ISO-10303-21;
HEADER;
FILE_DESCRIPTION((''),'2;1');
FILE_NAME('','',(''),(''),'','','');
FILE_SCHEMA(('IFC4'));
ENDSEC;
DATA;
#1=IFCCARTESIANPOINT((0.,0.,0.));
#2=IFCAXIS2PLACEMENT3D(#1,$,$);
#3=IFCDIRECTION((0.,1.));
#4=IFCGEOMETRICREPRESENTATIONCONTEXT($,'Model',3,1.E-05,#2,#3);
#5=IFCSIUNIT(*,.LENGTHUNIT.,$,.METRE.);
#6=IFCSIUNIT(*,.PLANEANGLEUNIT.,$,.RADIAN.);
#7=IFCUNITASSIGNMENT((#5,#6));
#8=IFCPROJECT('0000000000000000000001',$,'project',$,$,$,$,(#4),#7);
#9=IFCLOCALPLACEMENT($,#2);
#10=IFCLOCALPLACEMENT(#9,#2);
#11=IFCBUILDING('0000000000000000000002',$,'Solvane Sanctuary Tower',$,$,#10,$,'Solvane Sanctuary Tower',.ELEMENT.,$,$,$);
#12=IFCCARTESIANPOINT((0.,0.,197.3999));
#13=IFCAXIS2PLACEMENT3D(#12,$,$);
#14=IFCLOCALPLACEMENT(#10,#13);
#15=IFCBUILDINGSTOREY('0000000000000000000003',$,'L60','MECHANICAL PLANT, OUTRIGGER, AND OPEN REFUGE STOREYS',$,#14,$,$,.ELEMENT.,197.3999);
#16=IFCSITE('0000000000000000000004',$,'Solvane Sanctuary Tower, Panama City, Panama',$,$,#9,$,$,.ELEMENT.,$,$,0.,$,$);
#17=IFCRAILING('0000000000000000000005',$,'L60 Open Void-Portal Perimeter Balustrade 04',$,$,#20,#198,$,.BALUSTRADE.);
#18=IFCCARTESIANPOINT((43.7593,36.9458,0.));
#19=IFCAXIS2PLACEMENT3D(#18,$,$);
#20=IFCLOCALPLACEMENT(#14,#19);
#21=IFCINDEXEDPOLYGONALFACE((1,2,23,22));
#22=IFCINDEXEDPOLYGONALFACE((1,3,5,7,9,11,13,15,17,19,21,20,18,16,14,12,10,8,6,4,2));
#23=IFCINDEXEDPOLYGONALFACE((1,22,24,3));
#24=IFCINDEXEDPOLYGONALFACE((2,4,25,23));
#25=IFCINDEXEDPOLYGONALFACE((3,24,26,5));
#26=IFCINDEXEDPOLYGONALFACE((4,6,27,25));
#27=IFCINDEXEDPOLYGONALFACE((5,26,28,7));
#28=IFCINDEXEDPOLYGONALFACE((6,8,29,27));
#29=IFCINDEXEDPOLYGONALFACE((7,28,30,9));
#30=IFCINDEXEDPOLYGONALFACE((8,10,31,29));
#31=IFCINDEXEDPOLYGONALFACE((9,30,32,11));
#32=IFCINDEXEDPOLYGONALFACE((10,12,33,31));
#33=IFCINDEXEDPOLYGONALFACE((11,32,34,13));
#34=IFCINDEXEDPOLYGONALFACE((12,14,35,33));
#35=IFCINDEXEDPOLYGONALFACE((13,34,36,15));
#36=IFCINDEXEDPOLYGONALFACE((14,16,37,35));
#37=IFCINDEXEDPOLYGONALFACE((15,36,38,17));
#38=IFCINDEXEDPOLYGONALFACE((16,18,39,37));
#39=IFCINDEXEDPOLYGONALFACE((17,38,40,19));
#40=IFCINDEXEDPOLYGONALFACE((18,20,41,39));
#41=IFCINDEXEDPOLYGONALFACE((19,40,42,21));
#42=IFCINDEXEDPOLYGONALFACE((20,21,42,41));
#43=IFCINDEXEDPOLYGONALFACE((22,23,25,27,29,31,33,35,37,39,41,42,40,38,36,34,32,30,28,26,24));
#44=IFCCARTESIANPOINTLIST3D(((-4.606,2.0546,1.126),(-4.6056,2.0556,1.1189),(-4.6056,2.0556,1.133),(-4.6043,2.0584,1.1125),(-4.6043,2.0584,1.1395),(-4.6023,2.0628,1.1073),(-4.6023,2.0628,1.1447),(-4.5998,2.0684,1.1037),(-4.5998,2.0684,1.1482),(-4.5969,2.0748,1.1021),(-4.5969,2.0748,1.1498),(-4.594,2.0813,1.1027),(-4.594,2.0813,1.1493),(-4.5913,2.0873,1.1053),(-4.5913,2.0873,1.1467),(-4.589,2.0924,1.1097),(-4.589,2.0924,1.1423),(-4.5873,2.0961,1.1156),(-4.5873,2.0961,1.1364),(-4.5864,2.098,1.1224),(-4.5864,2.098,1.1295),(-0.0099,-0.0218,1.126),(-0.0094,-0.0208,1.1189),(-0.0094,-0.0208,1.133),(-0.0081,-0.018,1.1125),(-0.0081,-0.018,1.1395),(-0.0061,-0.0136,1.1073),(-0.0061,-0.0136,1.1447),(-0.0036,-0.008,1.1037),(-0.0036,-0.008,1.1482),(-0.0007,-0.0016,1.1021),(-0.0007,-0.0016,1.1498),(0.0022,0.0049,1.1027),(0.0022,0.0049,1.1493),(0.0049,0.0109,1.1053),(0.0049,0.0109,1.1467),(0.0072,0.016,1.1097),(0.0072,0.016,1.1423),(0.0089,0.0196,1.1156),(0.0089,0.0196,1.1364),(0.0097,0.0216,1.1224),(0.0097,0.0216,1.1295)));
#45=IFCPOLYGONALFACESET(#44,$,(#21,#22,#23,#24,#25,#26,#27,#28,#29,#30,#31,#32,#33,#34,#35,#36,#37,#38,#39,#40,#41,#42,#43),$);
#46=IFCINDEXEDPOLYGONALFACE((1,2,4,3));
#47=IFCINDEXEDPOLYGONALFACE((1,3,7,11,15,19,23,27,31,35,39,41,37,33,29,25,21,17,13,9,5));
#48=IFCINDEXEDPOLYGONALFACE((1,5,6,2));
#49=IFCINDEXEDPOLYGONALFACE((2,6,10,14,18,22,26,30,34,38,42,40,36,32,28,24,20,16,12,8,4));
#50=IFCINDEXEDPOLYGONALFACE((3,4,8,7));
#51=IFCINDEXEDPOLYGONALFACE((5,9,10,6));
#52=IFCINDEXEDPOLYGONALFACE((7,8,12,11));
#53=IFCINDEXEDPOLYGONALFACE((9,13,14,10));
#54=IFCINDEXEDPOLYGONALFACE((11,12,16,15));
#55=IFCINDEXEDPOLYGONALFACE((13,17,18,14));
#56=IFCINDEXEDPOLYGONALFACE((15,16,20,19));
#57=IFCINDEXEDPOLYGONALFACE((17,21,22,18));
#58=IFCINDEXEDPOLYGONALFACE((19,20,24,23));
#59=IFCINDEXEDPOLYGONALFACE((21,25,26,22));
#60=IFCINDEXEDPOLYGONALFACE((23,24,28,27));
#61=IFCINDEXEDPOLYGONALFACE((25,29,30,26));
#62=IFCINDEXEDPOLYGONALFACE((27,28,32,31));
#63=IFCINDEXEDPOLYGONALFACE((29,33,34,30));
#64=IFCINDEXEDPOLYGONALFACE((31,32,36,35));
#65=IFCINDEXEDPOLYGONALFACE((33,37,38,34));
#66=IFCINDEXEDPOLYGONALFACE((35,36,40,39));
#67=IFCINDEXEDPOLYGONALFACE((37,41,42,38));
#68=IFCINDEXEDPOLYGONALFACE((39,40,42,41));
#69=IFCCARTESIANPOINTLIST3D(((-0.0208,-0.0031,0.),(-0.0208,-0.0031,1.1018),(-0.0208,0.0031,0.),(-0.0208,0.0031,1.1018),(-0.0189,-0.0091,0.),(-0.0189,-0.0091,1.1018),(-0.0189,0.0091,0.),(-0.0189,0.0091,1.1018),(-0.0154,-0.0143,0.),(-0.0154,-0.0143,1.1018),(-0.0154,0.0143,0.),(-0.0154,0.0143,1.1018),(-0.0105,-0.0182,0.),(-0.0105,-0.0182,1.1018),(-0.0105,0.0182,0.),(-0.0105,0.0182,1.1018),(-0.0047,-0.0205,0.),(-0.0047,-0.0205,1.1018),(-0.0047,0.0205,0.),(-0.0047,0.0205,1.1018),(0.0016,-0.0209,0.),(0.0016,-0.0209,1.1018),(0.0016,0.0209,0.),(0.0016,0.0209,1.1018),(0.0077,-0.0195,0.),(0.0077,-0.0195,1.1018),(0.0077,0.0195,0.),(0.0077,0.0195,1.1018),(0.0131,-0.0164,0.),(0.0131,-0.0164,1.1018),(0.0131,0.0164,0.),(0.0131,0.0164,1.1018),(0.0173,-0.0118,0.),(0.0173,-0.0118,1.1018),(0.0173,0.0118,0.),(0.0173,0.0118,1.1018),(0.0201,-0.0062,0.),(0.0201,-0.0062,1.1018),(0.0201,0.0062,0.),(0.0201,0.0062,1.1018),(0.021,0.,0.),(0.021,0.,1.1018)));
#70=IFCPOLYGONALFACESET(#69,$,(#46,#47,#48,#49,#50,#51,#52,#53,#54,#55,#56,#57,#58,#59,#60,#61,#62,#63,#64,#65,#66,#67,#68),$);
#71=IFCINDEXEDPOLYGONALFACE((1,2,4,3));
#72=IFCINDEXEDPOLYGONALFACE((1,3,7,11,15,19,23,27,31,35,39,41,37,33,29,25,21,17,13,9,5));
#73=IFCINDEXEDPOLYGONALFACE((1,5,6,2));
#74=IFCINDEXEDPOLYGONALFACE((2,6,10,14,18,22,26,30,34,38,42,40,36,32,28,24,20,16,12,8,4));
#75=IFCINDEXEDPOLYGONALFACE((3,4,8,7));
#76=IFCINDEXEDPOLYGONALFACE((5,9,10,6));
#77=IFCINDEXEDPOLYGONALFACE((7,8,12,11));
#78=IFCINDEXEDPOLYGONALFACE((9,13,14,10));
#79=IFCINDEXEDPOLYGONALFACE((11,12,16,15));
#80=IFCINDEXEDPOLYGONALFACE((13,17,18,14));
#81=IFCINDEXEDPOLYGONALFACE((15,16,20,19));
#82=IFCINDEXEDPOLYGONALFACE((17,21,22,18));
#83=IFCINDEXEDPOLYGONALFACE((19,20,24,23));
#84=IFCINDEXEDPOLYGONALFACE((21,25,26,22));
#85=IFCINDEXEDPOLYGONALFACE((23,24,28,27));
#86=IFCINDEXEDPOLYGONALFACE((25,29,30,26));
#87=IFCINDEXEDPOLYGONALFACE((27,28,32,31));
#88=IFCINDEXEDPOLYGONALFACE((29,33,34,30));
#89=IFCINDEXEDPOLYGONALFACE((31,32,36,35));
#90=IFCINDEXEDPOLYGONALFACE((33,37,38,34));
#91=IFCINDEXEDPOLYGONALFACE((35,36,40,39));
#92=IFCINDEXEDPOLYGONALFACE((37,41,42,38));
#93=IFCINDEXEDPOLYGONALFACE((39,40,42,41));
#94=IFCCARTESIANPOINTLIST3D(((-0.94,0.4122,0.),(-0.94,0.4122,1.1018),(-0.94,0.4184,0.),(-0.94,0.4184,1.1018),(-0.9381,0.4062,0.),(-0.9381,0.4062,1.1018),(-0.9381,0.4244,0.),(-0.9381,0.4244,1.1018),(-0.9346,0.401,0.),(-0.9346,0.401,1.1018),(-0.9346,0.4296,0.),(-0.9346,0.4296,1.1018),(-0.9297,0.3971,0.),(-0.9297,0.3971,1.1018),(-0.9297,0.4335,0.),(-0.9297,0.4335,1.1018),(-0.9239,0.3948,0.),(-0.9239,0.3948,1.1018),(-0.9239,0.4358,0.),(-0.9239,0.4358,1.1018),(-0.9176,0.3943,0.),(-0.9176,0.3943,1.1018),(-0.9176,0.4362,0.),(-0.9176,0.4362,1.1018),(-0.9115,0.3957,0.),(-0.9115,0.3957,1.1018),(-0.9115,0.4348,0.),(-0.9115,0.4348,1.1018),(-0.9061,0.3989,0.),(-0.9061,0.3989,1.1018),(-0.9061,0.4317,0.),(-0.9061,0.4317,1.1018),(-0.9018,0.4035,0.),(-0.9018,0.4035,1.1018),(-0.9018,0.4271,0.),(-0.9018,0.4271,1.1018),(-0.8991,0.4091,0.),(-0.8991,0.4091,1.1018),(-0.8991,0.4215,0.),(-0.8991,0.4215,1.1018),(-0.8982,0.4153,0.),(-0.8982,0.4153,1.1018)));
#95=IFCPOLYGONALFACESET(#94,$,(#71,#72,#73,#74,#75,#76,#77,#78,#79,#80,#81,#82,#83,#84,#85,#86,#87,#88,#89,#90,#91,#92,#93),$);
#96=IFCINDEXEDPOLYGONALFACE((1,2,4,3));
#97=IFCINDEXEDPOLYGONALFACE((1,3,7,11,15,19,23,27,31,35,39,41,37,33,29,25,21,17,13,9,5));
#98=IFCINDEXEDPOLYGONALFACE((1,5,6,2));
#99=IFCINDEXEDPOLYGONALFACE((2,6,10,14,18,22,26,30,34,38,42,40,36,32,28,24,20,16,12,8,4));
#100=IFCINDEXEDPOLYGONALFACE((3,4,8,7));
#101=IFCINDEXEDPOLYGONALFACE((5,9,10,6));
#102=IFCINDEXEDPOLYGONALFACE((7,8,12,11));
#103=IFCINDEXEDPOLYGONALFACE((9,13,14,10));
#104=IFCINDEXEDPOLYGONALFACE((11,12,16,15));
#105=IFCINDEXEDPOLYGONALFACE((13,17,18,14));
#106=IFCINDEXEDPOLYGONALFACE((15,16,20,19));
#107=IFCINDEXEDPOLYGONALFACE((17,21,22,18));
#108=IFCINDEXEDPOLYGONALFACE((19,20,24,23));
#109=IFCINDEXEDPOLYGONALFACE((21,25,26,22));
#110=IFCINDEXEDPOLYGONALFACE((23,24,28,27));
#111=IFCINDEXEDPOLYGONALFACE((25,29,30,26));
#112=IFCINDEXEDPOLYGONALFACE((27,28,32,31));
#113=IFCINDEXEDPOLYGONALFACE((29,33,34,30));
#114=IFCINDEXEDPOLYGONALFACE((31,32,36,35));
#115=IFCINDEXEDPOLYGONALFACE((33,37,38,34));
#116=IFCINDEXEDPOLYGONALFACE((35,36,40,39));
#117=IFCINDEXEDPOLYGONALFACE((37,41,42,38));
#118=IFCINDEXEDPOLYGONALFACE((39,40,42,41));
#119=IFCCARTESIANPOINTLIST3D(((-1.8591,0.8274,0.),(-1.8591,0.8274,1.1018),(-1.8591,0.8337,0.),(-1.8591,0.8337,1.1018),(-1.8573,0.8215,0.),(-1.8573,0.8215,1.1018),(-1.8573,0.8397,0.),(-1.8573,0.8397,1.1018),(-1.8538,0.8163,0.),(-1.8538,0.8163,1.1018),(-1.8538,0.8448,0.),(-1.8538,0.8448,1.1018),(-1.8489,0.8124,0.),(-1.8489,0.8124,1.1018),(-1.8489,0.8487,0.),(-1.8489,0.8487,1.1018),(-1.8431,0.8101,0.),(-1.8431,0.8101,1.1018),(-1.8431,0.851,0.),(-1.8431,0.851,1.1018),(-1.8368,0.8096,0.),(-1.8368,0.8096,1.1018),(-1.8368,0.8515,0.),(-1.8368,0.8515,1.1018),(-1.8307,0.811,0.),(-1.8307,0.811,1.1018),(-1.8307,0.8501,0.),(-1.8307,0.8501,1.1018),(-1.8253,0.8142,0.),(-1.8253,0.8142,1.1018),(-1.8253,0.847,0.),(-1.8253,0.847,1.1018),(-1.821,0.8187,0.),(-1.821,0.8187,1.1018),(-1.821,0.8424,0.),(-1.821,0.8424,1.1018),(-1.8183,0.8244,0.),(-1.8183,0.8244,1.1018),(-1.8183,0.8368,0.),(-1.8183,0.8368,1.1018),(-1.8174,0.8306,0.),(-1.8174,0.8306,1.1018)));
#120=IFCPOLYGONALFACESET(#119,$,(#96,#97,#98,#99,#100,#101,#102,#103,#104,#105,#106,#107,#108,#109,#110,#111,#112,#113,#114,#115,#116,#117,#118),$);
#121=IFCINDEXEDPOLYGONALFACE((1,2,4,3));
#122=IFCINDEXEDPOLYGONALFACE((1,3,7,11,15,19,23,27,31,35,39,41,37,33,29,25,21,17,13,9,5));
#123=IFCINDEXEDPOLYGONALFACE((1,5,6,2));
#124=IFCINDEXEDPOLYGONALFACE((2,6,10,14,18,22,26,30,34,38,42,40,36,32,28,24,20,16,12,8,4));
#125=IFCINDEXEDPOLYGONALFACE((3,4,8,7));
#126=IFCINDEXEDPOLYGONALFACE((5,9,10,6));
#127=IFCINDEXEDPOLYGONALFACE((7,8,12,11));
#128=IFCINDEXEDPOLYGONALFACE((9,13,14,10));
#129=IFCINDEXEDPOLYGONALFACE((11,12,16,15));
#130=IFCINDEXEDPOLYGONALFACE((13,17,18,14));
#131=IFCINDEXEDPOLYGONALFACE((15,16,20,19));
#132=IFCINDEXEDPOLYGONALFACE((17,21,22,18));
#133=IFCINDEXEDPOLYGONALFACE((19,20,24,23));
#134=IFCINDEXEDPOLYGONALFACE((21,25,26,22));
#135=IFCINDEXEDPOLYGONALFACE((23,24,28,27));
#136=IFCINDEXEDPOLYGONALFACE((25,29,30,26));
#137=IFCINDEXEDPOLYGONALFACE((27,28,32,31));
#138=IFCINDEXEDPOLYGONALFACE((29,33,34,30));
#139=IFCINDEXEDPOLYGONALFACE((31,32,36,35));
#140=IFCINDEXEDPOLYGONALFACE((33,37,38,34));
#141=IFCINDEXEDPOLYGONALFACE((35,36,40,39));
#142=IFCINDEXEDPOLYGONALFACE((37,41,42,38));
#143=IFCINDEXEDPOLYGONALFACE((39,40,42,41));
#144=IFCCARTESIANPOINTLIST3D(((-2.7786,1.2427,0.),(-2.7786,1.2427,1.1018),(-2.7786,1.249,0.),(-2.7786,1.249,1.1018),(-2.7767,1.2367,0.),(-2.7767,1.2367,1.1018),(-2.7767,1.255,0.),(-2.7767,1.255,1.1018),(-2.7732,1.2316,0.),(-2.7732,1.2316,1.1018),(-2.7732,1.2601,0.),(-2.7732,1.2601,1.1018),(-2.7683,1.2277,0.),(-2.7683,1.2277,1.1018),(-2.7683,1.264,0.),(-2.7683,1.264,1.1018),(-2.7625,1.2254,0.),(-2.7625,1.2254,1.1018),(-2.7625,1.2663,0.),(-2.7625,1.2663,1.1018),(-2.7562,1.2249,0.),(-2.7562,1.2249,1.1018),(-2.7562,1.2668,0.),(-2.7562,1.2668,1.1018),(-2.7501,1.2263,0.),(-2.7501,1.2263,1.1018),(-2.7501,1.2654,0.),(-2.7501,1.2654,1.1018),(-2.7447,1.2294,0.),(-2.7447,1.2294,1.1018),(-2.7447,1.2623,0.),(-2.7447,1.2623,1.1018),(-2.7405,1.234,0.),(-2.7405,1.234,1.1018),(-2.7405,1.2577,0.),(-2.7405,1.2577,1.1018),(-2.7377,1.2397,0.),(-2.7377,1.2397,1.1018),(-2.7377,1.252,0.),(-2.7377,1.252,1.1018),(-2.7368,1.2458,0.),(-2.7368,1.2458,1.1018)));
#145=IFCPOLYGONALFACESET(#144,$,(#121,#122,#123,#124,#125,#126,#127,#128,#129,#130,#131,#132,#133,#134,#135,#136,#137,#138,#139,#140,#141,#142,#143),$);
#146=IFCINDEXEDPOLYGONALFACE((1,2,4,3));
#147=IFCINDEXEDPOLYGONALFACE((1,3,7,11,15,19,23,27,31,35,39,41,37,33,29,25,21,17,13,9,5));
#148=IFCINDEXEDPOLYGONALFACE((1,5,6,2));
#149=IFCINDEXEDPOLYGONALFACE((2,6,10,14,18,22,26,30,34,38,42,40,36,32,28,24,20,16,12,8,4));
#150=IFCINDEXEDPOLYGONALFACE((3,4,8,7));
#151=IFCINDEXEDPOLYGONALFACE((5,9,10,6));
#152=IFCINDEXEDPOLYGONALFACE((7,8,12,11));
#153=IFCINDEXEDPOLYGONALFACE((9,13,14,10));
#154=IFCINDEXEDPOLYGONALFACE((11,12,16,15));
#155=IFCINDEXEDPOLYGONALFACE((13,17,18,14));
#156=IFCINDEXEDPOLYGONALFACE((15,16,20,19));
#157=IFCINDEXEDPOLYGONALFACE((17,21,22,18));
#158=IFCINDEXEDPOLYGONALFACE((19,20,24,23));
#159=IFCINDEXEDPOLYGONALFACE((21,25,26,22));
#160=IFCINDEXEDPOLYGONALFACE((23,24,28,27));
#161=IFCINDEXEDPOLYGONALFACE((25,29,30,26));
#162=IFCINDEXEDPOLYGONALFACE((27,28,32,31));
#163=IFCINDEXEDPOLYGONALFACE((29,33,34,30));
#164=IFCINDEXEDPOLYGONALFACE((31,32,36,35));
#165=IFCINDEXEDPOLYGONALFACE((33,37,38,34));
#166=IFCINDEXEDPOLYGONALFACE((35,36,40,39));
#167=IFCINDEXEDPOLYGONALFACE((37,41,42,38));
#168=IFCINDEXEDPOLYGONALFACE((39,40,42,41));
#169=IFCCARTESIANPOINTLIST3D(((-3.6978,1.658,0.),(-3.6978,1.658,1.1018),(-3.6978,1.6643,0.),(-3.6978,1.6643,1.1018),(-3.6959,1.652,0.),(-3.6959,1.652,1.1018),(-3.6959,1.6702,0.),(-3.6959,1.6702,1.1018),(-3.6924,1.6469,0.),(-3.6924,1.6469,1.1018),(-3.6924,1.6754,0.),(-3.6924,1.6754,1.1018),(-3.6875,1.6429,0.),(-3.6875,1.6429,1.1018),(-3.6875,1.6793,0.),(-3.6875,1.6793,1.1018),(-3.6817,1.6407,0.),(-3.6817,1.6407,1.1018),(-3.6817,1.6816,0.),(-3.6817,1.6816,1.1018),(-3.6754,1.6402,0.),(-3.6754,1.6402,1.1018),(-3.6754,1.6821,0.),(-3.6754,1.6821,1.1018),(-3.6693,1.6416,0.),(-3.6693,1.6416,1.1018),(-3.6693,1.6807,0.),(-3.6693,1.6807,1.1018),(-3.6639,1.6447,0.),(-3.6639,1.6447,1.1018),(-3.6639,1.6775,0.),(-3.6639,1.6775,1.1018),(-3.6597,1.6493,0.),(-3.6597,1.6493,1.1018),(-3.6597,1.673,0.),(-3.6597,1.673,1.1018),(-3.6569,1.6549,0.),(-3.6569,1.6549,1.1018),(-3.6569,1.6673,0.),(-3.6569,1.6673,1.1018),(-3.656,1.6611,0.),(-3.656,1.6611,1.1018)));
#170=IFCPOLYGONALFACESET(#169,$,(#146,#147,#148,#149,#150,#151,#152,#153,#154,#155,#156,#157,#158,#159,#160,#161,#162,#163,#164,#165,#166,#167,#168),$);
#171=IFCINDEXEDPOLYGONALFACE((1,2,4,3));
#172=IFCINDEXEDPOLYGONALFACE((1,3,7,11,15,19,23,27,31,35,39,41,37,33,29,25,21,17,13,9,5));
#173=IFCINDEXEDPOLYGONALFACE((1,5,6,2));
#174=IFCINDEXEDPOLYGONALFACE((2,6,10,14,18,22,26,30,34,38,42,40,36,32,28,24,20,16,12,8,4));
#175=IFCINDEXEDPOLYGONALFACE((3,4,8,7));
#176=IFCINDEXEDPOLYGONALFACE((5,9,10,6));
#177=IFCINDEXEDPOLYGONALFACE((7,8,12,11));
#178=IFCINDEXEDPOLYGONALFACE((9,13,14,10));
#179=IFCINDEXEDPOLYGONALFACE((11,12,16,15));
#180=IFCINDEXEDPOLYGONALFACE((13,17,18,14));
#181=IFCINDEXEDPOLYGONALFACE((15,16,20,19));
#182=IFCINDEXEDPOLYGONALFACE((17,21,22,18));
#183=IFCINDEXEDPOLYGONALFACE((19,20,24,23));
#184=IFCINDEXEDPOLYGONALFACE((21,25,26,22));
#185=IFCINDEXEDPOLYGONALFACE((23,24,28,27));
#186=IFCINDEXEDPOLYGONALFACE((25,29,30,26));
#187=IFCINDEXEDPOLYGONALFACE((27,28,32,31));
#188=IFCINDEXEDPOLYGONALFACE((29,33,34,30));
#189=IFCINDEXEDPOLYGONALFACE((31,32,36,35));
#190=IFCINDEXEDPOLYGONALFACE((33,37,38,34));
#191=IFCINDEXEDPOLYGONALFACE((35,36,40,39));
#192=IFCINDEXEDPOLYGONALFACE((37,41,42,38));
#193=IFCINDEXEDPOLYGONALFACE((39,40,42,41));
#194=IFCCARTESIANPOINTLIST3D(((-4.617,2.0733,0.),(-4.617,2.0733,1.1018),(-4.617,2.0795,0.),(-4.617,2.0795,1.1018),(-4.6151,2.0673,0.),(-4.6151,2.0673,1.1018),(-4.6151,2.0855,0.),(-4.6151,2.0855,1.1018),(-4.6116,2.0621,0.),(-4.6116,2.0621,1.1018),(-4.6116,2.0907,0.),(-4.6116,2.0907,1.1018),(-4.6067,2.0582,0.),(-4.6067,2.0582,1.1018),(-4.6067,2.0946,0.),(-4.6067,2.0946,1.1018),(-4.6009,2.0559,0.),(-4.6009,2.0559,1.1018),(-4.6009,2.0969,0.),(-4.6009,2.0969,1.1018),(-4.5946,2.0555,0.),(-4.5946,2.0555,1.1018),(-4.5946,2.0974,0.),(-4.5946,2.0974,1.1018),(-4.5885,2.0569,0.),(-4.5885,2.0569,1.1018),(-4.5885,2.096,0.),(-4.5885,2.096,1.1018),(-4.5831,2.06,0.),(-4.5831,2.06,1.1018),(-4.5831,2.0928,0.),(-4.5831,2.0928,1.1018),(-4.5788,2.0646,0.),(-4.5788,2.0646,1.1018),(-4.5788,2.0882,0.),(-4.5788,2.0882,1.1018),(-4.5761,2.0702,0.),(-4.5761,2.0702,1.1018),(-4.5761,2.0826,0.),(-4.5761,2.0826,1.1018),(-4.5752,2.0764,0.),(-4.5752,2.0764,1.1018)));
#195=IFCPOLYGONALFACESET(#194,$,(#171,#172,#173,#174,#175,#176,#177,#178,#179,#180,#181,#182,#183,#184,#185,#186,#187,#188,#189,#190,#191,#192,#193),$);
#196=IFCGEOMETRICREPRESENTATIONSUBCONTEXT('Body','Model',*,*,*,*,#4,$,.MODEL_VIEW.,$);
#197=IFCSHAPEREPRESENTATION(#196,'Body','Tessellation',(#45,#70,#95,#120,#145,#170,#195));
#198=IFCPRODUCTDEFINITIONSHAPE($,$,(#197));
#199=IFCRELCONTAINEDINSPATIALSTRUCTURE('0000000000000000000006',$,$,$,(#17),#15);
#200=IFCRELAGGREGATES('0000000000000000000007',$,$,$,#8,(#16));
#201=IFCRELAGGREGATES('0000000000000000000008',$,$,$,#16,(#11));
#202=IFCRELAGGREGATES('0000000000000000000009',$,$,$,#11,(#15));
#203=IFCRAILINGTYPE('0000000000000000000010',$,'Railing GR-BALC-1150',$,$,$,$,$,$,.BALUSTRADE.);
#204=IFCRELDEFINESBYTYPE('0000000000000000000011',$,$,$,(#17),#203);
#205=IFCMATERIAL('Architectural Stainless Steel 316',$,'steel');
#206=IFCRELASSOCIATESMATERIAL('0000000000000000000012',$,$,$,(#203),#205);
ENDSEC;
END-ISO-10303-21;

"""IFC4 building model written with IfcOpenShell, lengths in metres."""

from ifc_helpers import new_model, si_unit, direction, frame, origin, origin_2d, place, context, subcontext, project, spatial, circle, extrude, material, type_object, element, save


model = new_model("IFC4")

# Units and contexts
model_context = context("Model", 3, precision=1e-05, world=origin(), true_north=direction((0.0, 1.0)))
body_context = subcontext(model_context, "Body", "Model", "MODEL_VIEW")
ifc_project = project(units=[si_unit("LENGTHUNIT", "METRE"), si_unit("PLANEANGLEUNIT", "RADIAN")], contexts=[model_context])

# Site, building, storey
site_placement = place(None, origin())
site = spatial("IfcSite", under=ifc_project, at=site_placement, Name="Solvane Sanctuary Tower, Panama City, Panama", CompositionType="ELEMENT", RefElevation=0.0)
building_placement = place(site_placement, origin())
building = spatial("IfcBuilding", under=site, at=building_placement, Name="Solvane Sanctuary Tower", LongName="Solvane Sanctuary Tower", CompositionType="ELEMENT")
storey_placement = place(building_placement, frame((0.0, 0.0, 197.3999)))
storey = spatial("IfcBuildingStorey", under=building, at=storey_placement, Name="L60", Description="MECHANICAL PLANT, OUTRIGGER, AND OPEN REFUGE STOREYS", CompositionType="ELEMENT", Elevation=197.3999)

# Shared definitions
ifc_material_1 = material(Name="Architectural Stainless Steel 316", Category="steel")

# Railing
railing_type_1 = type_object("IfcRailingType", Name="Railing GR-BALC-1150", PredefinedType="BALUSTRADE", material=ifc_material_1)
railing_1_placement = place(storey_placement, frame((43.7593, 36.9458, 0.0)))
element("IfcRailing", 1, at=railing_1_placement, inside=storey, type_object=railing_type_1, Name="L60 Open Void-Portal Perimeter Balustrade 04", PredefinedType="BALUSTRADE", context=body_context, shape_type="SweptSolid", body=[
    extrude(circle(Radius=0.0239, at=origin_2d()), frame((0.0, 0.0, 1.126), z_axis=(-0.911317, 0.411705, 0.0), x_axis=(-0.411705, -0.911317, 0.0)), (0.0, 0.0, 1.0), 5.0435),
    extrude(circle(Radius=0.021, at=origin_2d()), origin(), (0.0, 0.0, 1.0), 1.1018),
    extrude(circle(Radius=0.021, at=origin_2d()), frame((-0.9192, 0.4153, 0.0)), (0.0, 0.0, 1.0), 1.1018),
    extrude(circle(Radius=0.021, at=origin_2d()), frame((-1.8384, 0.8306, 0.0)), (0.0, 0.0, 1.0), 1.1018),
    extrude(circle(Radius=0.021, at=origin_2d()), frame((-2.7578, 1.2458, 0.0)), (0.0, 0.0, 1.0), 1.1018),
    extrude(circle(Radius=0.021, at=origin_2d()), frame((-3.677, 1.6611, 0.0)), (0.0, 0.0, 1.0), 1.1018),
    extrude(circle(Radius=0.021, at=origin_2d()), frame((-4.5962, 2.0764, 0.0)), (0.0, 0.0, 1.0), 1.1018),
])

save(model, "model.ifc")
